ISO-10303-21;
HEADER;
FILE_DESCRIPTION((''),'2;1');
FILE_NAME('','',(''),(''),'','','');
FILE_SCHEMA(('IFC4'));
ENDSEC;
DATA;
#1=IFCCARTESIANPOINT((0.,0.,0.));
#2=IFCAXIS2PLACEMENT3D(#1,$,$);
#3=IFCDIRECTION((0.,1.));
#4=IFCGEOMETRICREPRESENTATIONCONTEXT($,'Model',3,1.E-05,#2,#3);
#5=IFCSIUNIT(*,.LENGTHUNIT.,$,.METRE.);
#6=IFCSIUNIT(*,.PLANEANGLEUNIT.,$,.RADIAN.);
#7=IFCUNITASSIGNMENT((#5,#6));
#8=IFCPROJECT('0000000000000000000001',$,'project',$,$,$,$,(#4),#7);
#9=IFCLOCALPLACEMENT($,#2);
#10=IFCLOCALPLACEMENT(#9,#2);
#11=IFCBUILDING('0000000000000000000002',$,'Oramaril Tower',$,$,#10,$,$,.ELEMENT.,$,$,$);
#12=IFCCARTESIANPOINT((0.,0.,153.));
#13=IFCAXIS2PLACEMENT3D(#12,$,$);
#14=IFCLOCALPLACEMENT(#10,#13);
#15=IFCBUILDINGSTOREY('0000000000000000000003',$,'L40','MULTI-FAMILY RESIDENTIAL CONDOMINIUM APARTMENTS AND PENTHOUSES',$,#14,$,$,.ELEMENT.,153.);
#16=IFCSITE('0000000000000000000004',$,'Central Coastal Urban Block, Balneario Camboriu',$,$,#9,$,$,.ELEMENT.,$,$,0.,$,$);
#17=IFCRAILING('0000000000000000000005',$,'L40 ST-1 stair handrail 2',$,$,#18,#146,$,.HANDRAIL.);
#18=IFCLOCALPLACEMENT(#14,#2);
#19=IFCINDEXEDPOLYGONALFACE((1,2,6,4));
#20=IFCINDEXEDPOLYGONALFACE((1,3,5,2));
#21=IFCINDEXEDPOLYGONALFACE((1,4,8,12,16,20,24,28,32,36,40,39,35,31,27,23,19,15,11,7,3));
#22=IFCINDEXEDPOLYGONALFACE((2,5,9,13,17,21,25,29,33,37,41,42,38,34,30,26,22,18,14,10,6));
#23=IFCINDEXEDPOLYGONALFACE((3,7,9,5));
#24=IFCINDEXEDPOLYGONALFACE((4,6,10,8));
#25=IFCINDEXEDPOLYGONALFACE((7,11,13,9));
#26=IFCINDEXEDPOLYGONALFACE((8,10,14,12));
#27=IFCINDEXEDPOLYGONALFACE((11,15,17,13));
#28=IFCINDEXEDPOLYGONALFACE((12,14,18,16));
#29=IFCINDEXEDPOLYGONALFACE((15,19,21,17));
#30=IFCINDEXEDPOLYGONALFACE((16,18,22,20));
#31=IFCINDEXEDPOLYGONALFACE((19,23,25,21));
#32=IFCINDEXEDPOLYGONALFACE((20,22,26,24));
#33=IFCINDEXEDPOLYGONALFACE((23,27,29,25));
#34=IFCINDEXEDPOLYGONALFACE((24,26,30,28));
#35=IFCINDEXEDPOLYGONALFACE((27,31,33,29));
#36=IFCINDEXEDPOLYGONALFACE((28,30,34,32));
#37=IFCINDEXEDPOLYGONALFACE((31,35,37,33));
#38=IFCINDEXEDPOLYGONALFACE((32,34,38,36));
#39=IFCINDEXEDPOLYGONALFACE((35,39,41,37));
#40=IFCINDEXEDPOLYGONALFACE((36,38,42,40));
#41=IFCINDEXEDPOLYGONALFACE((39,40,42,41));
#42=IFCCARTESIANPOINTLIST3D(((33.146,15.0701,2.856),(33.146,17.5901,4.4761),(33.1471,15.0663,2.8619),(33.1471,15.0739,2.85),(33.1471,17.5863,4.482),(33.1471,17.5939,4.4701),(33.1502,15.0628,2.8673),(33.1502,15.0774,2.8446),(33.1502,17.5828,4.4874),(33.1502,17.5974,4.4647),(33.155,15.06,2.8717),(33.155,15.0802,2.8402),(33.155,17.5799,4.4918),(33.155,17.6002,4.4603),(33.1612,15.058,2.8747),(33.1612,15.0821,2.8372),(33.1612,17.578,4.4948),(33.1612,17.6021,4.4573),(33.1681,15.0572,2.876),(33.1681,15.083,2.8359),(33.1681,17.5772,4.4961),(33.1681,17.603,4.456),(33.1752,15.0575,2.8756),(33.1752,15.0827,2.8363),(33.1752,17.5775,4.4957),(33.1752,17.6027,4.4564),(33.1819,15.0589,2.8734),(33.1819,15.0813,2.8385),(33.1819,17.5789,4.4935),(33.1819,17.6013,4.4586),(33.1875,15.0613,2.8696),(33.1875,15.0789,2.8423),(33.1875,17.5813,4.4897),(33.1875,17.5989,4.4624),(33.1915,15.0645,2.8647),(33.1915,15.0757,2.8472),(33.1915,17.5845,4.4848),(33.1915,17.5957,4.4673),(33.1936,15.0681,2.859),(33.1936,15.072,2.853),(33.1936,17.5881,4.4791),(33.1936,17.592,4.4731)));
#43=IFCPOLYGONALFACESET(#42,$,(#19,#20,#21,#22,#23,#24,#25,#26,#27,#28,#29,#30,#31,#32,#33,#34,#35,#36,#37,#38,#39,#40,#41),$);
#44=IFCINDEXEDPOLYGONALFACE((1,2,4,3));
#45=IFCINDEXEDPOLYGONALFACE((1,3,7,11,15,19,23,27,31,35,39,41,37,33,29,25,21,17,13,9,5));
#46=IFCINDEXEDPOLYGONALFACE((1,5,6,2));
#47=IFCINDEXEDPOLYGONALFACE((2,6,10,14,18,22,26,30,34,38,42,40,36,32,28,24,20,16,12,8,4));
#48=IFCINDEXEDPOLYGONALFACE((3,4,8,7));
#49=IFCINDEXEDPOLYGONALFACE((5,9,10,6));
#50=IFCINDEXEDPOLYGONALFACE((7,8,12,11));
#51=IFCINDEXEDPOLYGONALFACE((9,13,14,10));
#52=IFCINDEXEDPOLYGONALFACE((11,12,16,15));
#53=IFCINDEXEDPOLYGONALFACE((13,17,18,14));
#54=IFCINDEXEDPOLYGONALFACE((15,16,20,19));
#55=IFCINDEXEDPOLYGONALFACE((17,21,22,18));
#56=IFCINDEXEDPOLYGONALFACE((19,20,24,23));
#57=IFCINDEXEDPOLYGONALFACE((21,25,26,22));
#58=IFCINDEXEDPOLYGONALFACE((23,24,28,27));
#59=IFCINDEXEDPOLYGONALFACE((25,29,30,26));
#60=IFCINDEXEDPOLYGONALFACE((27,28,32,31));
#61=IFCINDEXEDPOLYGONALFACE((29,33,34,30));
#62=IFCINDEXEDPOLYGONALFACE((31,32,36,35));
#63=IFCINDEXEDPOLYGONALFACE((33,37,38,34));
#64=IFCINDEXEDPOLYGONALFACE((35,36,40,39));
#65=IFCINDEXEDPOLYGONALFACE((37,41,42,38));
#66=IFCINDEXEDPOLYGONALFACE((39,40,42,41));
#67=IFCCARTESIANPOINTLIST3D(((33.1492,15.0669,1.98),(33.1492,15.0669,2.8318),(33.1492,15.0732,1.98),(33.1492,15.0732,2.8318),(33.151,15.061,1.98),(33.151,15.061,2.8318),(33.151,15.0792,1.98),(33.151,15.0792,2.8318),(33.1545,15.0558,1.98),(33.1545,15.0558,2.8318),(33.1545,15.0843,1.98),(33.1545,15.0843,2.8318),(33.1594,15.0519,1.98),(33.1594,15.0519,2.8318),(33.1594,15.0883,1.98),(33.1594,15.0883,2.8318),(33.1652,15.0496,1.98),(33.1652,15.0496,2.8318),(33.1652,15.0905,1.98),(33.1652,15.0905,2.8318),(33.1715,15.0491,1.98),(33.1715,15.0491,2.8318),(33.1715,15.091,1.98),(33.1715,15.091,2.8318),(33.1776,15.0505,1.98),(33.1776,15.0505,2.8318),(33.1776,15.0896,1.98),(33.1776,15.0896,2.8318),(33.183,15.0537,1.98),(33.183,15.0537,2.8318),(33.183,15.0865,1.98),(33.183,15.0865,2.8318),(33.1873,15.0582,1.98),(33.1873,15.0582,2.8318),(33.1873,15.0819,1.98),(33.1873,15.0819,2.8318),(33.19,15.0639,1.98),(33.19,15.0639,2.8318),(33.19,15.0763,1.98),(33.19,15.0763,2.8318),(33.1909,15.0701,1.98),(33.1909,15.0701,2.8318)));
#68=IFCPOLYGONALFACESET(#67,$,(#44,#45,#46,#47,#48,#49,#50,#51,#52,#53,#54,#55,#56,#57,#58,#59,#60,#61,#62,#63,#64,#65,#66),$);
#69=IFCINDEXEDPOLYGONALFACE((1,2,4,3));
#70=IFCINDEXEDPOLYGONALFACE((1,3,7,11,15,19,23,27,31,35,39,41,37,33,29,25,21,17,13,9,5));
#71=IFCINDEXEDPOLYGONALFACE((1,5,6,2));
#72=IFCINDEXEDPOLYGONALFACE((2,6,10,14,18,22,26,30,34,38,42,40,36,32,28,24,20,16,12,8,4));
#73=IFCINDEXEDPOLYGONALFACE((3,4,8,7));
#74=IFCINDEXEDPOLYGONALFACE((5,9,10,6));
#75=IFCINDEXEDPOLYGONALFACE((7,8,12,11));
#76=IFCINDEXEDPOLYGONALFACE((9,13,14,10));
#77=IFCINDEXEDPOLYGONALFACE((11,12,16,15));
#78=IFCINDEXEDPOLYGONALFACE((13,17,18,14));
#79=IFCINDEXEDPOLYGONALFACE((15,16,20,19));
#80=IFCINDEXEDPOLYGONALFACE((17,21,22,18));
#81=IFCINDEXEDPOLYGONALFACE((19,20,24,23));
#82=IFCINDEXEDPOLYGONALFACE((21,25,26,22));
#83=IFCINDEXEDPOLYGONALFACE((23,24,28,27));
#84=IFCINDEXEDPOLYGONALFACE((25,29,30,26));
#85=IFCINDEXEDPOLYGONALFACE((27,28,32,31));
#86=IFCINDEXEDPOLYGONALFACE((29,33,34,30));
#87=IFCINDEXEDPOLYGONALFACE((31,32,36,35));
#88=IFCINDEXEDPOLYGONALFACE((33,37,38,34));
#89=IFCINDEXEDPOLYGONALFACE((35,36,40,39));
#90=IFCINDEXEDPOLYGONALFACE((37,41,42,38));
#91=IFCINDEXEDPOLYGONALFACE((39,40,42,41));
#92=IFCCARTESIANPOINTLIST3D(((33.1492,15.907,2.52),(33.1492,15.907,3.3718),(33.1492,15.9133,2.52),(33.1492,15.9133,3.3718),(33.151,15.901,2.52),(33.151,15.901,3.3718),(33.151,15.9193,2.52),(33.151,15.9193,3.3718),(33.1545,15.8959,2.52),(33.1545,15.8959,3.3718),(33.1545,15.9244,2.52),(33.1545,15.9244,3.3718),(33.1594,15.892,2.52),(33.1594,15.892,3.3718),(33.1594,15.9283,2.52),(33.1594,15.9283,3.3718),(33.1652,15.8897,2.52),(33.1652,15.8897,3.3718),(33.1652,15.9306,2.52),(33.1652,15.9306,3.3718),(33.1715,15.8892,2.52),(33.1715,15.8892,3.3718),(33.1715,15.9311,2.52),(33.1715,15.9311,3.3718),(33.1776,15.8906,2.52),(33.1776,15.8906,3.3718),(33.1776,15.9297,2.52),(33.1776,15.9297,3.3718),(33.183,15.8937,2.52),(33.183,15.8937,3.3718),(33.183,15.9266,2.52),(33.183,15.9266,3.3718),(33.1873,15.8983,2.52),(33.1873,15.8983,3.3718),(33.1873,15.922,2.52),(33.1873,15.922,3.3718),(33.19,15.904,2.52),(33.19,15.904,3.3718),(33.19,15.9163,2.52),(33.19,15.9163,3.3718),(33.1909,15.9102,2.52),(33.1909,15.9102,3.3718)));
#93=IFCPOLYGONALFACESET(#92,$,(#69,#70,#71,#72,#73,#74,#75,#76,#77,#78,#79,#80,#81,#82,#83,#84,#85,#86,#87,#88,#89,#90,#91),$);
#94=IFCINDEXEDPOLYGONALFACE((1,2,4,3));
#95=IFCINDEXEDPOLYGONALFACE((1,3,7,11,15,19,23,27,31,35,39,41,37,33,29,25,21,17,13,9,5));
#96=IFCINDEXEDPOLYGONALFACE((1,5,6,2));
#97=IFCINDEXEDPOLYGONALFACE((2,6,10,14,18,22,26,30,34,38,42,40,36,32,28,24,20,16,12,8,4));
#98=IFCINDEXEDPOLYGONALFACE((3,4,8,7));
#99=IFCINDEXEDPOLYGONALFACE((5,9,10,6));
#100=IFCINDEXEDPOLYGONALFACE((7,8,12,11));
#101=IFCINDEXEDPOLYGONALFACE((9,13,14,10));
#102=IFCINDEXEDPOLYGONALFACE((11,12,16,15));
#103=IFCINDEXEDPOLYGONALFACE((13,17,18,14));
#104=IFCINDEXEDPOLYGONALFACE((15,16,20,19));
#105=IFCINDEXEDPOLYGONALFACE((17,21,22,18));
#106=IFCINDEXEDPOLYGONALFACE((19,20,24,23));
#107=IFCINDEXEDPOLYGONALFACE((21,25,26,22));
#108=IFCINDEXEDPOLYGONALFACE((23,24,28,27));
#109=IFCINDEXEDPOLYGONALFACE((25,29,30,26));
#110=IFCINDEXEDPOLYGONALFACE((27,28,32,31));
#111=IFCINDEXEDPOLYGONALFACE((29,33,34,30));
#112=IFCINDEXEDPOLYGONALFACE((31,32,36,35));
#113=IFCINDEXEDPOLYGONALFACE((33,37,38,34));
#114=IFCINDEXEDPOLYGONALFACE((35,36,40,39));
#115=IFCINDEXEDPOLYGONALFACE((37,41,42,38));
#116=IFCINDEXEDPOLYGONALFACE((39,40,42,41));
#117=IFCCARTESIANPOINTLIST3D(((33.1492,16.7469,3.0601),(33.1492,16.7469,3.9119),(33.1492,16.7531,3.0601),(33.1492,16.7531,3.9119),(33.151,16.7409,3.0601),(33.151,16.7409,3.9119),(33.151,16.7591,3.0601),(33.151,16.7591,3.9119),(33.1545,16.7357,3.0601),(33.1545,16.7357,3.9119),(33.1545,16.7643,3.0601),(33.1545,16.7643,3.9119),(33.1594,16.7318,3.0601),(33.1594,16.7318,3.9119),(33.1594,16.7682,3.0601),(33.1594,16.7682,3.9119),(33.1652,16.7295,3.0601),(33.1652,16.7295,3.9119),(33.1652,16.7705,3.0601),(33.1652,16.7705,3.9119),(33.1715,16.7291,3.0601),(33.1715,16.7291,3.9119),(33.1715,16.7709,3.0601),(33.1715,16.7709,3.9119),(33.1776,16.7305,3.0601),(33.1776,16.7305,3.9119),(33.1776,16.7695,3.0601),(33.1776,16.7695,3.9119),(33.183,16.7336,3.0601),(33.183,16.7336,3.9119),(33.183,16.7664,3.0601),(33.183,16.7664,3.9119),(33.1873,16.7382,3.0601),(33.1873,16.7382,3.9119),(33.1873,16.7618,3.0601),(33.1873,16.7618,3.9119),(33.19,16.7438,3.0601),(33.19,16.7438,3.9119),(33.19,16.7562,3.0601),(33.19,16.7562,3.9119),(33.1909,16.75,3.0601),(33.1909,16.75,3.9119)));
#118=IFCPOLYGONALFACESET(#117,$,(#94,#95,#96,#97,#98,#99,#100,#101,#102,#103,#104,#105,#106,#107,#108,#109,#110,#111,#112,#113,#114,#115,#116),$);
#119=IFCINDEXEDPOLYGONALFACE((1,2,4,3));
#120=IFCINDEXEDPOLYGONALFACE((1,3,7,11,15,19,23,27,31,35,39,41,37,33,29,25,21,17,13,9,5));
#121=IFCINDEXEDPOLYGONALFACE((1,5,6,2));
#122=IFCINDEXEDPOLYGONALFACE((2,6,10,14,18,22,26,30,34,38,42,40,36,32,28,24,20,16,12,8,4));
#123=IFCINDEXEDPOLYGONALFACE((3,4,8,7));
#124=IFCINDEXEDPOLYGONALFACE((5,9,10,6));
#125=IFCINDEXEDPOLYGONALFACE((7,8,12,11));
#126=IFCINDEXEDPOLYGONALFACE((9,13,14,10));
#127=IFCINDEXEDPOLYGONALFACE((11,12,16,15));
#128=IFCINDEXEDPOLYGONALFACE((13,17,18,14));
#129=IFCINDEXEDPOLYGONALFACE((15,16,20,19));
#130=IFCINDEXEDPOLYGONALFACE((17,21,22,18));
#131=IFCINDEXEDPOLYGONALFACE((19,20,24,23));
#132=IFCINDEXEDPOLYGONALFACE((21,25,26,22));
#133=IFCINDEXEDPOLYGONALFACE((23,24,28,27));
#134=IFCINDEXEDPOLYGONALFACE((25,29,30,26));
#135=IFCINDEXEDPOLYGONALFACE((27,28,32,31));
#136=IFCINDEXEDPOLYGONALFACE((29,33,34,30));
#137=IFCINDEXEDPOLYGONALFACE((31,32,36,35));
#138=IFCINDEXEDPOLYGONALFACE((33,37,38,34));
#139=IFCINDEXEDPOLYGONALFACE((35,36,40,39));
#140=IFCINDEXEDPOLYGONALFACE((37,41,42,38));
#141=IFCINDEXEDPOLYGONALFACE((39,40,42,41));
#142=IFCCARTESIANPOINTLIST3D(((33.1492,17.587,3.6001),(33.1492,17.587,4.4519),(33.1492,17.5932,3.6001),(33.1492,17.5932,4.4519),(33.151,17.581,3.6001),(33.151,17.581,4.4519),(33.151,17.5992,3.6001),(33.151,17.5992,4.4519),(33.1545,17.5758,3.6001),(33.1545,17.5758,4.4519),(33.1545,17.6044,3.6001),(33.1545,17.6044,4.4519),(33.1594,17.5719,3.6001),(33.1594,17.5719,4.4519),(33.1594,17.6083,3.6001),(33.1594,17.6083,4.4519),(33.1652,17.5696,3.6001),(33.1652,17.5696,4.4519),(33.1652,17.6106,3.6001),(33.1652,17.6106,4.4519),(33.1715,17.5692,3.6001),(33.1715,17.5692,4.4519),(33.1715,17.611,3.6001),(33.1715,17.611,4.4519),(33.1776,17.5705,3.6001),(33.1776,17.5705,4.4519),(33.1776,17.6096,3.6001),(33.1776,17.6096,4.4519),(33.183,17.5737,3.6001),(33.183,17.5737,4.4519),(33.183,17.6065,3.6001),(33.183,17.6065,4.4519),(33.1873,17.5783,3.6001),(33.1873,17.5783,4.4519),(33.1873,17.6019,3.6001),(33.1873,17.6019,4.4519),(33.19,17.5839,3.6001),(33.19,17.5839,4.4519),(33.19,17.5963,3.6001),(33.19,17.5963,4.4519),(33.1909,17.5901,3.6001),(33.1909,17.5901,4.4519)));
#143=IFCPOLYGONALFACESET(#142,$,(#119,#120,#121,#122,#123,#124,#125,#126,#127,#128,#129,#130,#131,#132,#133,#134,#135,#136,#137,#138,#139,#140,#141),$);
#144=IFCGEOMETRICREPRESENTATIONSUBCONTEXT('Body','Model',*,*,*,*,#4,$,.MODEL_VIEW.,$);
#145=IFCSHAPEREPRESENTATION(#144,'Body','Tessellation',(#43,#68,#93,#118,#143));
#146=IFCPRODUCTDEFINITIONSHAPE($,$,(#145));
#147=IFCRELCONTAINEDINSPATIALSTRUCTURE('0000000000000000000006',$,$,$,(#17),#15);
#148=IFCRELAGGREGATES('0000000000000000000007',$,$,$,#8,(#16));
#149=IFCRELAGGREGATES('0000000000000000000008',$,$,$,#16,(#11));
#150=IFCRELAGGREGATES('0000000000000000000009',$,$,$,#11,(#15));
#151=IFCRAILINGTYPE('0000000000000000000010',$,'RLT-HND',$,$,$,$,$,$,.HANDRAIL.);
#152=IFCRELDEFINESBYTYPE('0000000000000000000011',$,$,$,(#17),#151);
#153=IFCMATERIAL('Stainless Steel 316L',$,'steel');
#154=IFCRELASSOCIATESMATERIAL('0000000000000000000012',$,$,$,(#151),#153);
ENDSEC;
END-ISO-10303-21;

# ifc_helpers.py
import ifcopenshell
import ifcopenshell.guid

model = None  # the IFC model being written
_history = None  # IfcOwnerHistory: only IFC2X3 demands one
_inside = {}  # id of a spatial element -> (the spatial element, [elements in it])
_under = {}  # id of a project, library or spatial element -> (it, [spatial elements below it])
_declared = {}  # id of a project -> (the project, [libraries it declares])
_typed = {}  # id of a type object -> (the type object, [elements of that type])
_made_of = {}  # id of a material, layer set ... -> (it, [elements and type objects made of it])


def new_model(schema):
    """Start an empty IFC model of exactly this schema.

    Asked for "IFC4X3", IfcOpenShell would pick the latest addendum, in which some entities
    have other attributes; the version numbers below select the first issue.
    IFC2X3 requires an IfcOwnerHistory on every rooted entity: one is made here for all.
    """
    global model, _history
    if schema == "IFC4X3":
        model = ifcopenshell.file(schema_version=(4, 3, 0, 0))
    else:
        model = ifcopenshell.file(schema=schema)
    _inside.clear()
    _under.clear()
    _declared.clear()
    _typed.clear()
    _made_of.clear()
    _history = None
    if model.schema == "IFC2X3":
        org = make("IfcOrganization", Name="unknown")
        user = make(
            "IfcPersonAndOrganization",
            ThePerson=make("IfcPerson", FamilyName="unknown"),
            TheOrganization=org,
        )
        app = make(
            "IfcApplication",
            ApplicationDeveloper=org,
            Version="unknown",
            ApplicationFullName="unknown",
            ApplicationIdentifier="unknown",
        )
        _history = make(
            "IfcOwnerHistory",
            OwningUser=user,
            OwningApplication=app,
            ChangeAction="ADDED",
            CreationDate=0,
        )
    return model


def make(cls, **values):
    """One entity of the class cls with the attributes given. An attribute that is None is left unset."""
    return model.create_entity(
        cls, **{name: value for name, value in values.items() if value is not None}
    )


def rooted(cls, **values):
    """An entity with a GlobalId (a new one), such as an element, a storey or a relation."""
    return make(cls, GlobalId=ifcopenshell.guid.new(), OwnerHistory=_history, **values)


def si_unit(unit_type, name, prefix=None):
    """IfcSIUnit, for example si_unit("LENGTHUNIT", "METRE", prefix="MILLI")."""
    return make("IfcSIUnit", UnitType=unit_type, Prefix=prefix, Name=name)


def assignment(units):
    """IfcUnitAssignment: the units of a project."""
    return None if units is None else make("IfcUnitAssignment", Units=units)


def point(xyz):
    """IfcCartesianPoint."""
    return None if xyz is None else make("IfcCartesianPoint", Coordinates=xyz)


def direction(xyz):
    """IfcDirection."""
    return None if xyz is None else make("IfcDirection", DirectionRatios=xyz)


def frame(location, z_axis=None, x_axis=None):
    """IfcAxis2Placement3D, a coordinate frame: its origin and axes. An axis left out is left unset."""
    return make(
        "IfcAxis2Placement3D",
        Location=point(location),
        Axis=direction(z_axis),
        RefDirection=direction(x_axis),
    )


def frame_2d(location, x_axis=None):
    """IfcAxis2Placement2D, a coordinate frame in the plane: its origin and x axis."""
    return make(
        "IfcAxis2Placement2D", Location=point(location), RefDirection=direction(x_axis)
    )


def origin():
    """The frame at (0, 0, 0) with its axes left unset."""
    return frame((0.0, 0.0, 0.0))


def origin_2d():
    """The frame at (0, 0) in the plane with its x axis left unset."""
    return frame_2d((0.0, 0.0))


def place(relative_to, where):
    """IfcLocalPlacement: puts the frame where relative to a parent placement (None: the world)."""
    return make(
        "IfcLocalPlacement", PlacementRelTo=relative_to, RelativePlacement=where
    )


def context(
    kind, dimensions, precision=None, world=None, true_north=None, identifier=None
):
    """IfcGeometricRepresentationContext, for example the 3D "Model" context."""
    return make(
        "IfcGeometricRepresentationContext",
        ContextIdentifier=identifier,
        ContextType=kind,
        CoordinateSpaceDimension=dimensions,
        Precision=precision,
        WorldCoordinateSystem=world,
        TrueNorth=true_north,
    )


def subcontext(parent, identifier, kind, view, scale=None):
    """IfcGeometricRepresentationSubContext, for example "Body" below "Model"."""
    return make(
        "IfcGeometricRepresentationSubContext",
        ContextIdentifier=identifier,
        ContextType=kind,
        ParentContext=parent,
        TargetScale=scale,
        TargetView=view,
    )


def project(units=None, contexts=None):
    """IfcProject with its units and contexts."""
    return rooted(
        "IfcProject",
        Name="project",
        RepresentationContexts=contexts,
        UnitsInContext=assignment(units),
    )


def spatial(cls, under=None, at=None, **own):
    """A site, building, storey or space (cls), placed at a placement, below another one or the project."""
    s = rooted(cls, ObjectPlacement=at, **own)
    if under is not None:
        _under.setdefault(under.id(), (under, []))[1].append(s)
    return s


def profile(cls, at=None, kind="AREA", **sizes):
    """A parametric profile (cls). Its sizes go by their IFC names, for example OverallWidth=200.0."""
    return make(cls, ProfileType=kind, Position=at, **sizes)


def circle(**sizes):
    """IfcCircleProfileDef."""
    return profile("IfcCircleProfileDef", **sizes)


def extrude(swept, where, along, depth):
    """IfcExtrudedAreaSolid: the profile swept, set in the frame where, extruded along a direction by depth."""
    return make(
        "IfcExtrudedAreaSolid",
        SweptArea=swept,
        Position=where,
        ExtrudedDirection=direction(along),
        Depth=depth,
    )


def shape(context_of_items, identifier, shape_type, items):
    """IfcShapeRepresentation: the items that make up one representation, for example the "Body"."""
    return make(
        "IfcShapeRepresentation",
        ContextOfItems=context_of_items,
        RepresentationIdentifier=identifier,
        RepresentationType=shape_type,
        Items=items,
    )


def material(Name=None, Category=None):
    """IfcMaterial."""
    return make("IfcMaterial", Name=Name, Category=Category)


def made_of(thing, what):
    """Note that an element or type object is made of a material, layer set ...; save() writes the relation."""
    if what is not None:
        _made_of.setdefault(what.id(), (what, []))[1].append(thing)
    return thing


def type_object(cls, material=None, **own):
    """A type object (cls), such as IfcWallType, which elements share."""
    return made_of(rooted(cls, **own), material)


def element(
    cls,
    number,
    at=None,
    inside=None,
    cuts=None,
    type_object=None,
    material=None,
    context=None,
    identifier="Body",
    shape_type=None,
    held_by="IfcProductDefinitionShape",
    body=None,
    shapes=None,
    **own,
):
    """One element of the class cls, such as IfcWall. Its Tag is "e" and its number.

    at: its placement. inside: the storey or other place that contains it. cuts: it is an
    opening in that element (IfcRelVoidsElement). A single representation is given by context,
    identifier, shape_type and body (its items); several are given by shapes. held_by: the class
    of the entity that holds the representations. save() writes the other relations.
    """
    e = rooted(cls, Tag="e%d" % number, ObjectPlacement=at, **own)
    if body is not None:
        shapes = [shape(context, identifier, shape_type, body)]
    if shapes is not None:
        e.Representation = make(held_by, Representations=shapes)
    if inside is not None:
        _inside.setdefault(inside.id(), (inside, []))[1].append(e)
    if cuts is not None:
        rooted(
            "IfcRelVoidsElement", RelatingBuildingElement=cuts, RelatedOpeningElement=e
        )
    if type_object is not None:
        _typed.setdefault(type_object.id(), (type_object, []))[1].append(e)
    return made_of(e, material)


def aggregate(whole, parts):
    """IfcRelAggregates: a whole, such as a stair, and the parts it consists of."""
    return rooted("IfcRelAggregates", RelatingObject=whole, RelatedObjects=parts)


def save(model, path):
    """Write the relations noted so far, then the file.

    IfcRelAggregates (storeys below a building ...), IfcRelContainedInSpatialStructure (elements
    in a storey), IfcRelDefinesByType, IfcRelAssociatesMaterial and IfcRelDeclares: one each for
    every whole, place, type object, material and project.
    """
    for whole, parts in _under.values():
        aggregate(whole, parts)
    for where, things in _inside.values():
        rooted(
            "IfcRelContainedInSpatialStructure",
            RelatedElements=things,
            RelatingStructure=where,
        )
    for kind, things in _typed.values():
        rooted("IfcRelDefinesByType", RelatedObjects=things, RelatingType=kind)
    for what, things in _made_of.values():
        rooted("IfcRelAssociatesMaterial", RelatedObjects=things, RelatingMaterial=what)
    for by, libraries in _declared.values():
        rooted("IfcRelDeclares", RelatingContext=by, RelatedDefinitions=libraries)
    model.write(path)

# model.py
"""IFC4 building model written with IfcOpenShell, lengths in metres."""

from ifc_helpers import new_model, si_unit, direction, frame, origin, origin_2d, place, context, subcontext, project, spatial, circle, extrude, material, type_object, element, save


model = new_model("IFC4")

# Units and contexts
model_context = context("Model", 3, precision=1e-05, world=origin(), true_north=direction((0.0, 1.0)))
body_context = subcontext(model_context, "Body", "Model", "MODEL_VIEW")
ifc_project = project(units=[si_unit("LENGTHUNIT", "METRE"), si_unit("PLANEANGLEUNIT", "RADIAN")], contexts=[model_context])

# Site, building, storey
site_placement = place(None, origin())
site = spatial("IfcSite", under=ifc_project, at=site_placement, Name="Central Coastal Urban Block, Balneario Camboriu", CompositionType="ELEMENT", RefElevation=0.0)
building_placement = place(site_placement, origin())
building = spatial("IfcBuilding", under=site, at=building_placement, Name="Oramaril Tower", CompositionType="ELEMENT")
storey_placement = place(building_placement, frame((0.0, 0.0, 153.0)))
storey = spatial("IfcBuildingStorey", under=building, at=storey_placement, Name="L40", Description="MULTI-FAMILY RESIDENTIAL CONDOMINIUM APARTMENTS AND PENTHOUSES", CompositionType="ELEMENT", Elevation=153.0)

# Railing
ifc_material_1 = material(Name="Stainless Steel 316L", Category="steel")
railing_type_1 = type_object("IfcRailingType", Name="RLT-HND", PredefinedType="HANDRAIL", material=ifc_material_1)
for number, where, name in (
    (1, (33.1699, 15.0701, 1.98), "L40 ST-1 stair handrail 2"),
):
    element("IfcRailing", number, at=place(storey_placement, frame(where)), inside=storey, type_object=railing_type_1, Name=name, PredefinedType="HANDRAIL", context=body_context, shape_type="SweptSolid", body=[
        extrude(circle(Radius=0.0239, at=origin_2d()), frame((0.0, 0.0, 0.876), z_axis=(0.0, 0.841163, 0.540782), x_axis=(-1.0, 0.0, 0.0)), (0.0, 0.0, 1.0), 2.9958),
        extrude(circle(Radius=0.021, at=origin_2d()), origin(), (0.0, 0.0, 1.0), 0.8518),
        extrude(circle(Radius=0.021, at=origin_2d()), frame((0.0, 0.8401, 0.54)), (0.0, 0.0, 1.0), 0.8518),
        extrude(circle(Radius=0.021, at=origin_2d()), frame((0.0, 1.6799, 1.0801)), (0.0, 0.0, 1.0), 0.8518),
        extrude(circle(Radius=0.021, at=origin_2d()), frame((0.0, 2.52, 1.6201)), (0.0, 0.0, 1.0), 0.8518),
    ])

save(model, "model.ifc")
